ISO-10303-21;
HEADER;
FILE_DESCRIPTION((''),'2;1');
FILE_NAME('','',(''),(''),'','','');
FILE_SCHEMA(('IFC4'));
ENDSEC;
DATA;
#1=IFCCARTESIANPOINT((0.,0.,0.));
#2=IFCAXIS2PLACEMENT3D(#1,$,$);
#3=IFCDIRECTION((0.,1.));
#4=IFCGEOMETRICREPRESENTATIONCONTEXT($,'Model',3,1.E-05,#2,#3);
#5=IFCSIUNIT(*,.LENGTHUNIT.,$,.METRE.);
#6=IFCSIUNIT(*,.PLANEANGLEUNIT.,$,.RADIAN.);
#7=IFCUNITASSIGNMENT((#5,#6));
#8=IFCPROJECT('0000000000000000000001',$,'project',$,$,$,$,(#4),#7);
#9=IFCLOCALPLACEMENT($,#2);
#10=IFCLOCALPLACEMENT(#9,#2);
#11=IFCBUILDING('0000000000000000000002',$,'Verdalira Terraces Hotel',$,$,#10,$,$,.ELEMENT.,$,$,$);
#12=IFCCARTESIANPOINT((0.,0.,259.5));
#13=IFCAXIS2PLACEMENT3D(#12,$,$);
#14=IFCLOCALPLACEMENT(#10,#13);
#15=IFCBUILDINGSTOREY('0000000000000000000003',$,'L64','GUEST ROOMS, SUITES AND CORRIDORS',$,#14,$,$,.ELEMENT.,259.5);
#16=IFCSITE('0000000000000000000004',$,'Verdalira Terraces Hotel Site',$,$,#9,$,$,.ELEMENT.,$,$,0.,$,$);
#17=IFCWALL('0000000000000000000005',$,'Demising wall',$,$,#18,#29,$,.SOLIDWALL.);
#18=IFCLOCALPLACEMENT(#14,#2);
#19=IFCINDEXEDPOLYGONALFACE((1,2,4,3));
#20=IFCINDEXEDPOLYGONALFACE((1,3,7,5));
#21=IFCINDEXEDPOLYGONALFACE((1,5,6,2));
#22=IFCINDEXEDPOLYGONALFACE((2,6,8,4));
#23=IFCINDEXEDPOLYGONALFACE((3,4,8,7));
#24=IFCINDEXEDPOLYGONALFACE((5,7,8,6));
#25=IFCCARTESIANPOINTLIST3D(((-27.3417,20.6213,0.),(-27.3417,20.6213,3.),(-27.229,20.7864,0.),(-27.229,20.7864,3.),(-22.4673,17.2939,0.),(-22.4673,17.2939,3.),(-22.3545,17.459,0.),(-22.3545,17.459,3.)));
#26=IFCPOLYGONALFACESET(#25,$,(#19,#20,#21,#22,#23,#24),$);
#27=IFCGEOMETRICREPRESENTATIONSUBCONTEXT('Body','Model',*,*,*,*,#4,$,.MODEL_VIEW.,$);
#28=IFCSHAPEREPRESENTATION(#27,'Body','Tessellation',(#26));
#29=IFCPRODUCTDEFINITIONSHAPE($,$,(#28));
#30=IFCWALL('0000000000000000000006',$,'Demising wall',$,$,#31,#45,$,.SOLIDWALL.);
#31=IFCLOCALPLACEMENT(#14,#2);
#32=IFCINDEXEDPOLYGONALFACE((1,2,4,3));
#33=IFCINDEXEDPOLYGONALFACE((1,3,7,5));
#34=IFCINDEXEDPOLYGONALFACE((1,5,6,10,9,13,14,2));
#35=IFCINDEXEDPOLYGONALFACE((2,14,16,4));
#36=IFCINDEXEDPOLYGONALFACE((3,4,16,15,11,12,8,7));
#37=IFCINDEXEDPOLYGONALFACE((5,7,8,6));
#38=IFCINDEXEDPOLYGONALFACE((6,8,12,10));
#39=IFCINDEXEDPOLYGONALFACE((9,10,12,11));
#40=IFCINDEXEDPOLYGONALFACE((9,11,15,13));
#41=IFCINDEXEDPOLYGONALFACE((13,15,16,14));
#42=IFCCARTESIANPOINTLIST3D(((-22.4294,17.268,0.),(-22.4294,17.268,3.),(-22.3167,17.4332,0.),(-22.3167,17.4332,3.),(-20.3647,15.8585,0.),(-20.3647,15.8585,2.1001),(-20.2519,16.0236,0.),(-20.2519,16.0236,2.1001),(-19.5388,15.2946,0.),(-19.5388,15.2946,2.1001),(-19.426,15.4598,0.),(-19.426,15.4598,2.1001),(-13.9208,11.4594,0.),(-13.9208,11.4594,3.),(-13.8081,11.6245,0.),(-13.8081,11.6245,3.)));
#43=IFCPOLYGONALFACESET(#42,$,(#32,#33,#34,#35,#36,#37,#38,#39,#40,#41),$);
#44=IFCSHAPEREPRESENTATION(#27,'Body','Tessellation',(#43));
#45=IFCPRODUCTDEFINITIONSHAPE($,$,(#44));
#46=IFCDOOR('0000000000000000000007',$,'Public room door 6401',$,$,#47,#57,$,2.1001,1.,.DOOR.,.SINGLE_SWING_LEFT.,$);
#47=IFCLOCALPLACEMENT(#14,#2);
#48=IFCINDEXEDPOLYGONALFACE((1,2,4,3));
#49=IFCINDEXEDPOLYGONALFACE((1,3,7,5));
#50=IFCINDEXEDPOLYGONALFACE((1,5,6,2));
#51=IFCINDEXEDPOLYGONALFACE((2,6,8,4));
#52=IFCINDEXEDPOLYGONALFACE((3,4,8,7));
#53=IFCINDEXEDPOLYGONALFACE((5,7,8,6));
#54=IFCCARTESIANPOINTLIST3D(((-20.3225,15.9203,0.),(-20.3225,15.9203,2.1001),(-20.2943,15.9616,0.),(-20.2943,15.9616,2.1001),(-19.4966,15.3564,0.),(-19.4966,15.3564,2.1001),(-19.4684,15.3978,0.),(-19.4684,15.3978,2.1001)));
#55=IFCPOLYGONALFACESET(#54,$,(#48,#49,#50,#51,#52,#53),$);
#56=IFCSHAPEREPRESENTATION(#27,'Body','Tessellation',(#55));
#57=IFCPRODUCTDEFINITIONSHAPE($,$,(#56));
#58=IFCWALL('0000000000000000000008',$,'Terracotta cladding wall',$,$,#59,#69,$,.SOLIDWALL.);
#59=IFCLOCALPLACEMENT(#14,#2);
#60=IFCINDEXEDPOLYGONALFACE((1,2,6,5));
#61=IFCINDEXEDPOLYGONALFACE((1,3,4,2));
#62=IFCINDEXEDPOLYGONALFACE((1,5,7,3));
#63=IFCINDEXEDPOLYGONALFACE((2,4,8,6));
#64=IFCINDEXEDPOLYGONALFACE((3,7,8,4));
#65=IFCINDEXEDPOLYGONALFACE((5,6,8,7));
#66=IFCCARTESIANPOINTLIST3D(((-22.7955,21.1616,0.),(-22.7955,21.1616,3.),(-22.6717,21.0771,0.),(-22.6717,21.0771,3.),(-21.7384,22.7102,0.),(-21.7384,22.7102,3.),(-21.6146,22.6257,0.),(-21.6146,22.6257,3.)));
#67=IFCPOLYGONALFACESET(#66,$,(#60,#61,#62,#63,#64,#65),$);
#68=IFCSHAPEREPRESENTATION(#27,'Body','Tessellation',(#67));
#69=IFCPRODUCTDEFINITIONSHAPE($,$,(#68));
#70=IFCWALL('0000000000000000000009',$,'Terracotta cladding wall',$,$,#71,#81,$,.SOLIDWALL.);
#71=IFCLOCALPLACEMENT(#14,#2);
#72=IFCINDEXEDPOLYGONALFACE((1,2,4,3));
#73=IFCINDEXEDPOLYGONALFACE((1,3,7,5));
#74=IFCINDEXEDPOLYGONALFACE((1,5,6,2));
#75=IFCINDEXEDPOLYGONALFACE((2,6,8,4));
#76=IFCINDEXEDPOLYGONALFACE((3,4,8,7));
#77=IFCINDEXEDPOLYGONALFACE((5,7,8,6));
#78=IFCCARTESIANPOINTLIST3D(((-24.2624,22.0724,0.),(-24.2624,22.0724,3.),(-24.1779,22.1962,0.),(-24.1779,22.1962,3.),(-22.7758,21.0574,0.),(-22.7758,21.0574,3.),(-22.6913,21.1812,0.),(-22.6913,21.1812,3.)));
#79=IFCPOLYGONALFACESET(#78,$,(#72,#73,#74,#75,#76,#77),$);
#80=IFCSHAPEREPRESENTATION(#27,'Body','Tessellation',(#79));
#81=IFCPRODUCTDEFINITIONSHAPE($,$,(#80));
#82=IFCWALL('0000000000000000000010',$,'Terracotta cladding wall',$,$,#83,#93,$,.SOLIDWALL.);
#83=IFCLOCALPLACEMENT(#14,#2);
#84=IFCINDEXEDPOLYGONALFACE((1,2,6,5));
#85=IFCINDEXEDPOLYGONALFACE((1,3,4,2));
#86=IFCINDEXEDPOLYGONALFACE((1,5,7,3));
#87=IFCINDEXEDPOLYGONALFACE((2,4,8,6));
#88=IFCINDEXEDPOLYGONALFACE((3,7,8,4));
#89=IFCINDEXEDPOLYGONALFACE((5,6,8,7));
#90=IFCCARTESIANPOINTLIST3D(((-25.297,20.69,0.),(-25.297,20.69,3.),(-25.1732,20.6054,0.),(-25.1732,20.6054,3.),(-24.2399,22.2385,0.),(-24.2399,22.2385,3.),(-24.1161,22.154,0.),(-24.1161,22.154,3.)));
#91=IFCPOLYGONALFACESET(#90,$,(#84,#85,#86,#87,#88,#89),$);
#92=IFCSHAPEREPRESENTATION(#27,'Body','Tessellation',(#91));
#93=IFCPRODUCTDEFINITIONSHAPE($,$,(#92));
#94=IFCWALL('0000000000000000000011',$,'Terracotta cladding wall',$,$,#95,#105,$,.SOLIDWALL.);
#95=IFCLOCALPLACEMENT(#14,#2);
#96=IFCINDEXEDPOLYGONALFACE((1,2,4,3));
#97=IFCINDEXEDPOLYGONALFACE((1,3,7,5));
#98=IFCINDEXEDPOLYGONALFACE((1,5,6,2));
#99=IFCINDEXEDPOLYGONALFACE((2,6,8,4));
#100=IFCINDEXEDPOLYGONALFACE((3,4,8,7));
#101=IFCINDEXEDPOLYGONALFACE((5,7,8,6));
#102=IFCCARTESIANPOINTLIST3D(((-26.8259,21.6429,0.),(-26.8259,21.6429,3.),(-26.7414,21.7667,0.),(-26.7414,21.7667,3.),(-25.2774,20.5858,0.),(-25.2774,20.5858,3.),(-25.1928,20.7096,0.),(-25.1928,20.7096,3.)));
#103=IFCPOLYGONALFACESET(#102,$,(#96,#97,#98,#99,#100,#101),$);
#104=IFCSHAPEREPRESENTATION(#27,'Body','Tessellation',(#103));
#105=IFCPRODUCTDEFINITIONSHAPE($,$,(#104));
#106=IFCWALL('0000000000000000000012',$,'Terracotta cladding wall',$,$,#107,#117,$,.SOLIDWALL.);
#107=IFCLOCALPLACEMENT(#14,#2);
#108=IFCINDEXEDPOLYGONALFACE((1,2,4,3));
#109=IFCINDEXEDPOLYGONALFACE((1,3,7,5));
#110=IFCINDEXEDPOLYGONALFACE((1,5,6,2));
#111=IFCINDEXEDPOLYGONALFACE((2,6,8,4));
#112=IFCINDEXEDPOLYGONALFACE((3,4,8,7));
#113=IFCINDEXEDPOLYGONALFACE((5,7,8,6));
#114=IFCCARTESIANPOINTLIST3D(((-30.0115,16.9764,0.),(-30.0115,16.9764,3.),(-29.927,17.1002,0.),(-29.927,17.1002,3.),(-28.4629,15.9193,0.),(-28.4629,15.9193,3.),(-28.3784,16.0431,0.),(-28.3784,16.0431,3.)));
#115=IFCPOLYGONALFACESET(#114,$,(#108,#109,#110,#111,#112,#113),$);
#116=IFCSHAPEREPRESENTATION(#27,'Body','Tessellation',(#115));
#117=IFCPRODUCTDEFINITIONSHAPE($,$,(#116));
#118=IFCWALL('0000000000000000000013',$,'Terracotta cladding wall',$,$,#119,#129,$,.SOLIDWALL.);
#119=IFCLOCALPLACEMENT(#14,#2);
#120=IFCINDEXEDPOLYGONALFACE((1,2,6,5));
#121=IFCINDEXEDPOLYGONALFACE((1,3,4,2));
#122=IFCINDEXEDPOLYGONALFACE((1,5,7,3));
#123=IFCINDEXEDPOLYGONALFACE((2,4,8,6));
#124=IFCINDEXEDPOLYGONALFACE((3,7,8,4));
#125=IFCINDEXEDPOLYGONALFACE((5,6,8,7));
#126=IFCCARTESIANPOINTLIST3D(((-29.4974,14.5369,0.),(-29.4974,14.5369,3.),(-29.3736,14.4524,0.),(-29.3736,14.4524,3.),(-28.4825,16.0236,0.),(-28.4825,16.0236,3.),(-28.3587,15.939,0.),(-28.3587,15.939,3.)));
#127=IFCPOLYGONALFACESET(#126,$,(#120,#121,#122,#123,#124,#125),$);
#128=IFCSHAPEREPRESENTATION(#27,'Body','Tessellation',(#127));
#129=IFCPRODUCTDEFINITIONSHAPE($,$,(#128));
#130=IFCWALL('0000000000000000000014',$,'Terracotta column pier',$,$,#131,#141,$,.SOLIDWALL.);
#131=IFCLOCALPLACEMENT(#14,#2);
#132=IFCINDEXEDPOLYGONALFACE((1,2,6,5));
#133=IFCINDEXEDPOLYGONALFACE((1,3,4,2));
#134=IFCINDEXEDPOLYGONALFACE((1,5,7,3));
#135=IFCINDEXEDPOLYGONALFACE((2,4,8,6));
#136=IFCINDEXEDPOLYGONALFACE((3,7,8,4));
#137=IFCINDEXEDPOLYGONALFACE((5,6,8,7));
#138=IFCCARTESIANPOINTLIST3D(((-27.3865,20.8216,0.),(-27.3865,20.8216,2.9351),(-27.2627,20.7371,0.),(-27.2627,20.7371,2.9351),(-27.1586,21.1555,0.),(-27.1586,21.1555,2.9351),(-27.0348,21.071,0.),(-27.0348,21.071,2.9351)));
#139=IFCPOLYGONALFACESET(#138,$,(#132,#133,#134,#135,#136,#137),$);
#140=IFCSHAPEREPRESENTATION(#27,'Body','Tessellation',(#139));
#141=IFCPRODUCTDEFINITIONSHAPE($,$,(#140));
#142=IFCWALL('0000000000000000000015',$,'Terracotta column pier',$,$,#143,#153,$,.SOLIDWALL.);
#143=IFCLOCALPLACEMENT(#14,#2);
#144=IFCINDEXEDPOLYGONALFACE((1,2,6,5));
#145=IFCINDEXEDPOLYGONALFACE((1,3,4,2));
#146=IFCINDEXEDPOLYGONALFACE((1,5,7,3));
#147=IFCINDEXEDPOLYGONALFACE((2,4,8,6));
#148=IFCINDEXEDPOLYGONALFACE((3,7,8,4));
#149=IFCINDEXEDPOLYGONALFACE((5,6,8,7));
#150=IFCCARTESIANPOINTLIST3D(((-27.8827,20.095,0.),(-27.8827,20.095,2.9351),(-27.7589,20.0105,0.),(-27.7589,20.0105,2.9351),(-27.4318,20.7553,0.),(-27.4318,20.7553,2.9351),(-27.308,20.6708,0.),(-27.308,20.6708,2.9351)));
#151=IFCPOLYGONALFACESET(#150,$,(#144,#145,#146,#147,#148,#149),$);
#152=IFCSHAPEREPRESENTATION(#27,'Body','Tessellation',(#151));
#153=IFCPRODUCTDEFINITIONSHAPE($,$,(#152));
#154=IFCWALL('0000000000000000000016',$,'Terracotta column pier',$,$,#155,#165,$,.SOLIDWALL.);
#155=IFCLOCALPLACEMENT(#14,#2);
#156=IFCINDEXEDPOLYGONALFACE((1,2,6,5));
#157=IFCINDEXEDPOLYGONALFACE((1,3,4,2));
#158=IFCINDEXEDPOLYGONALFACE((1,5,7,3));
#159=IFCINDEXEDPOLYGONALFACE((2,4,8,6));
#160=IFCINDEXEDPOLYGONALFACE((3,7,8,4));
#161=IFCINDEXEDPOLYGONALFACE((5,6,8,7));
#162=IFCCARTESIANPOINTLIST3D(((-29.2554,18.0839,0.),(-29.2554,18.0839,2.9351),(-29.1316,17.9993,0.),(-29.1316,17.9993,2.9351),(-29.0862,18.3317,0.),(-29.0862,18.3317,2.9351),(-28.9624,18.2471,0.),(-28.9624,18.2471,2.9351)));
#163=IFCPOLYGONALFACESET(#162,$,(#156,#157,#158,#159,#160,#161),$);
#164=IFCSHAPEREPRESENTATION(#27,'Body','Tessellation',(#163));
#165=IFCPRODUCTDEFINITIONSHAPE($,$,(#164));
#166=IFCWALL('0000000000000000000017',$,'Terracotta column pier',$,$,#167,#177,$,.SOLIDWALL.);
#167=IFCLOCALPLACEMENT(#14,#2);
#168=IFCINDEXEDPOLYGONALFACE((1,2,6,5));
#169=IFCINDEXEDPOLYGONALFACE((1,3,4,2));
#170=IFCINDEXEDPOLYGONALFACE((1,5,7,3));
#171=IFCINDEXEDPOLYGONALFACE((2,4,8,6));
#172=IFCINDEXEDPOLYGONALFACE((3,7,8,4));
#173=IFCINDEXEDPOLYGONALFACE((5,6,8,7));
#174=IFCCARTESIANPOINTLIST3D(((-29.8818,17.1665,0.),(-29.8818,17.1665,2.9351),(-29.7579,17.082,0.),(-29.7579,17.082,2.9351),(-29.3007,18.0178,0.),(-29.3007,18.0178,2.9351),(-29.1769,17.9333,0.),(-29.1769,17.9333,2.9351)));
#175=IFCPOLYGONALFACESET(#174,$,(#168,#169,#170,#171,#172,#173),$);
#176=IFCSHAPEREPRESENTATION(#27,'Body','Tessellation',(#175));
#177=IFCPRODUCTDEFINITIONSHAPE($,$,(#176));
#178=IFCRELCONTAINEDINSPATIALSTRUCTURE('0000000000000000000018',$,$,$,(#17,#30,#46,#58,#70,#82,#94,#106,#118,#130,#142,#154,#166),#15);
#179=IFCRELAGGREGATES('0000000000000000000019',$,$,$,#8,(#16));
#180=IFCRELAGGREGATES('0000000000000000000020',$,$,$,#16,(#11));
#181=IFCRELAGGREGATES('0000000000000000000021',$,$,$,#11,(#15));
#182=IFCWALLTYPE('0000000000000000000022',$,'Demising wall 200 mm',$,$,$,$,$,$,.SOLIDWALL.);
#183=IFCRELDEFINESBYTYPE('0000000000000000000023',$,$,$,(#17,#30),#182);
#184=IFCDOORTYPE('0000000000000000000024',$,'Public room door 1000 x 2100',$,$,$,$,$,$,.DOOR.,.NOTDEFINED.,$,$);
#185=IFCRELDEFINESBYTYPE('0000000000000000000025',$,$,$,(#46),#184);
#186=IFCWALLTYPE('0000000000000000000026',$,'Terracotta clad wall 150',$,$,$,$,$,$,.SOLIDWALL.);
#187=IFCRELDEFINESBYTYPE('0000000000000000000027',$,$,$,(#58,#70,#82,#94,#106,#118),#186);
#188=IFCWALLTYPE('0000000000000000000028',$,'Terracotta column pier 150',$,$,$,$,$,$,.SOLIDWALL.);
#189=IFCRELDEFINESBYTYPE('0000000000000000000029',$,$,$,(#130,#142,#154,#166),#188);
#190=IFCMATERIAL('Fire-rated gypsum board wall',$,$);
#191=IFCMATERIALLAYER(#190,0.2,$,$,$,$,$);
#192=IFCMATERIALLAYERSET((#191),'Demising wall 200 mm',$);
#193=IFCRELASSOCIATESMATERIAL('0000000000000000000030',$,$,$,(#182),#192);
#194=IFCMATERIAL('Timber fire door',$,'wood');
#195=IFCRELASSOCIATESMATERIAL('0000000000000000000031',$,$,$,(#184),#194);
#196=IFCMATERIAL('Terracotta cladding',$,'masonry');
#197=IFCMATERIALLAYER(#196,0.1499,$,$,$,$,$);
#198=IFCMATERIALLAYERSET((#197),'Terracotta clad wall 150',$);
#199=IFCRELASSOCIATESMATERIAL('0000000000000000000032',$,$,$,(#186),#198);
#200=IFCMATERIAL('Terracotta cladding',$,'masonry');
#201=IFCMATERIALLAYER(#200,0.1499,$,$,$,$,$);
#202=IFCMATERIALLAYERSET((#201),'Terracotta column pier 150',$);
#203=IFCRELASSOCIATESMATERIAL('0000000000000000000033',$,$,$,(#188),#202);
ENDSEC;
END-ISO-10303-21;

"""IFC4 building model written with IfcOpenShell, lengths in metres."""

from ifc_helpers import new_model, si_unit, direction, frame, frame_2d, origin, place, context, subcontext, project, spatial, rectangle, extrude, material, layer, layer_set, type_object, element, fill, save


model = new_model("IFC4")

# Units and contexts
model_context = context("Model", 3, precision=1e-05, world=origin(), true_north=direction((0.0, 1.0)))
body_context = subcontext(model_context, "Body", "Model", "MODEL_VIEW")
ifc_project = project(units=[si_unit("LENGTHUNIT", "METRE"), si_unit("PLANEANGLEUNIT", "RADIAN")], contexts=[model_context])

# Site, building, storey
site_placement = place(None, origin())
site = spatial("IfcSite", under=ifc_project, at=site_placement, Name="Verdalira Terraces Hotel Site", CompositionType="ELEMENT", RefElevation=0.0)
building_placement = place(site_placement, origin())
building = spatial("IfcBuilding", under=site, at=building_placement, Name="Verdalira Terraces Hotel", CompositionType="ELEMENT")
storey_placement = place(building_placement, frame((0.0, 0.0, 259.5)))
storey = spatial("IfcBuildingStorey", under=building, at=storey_placement, Name="L64", Description="GUEST ROOMS, SUITES AND CORRIDORS", CompositionType="ELEMENT", Elevation=259.5)

# Wall
ifc_material_1 = material(Name="Fire-rated gypsum board wall")
ifc_layer_1 = layer(ifc_material_1, 0.2)
ifc_layer_set_1 = layer_set([ifc_layer_1], Name="Demising wall 200 mm")
wall_type_1 = type_object("IfcWallType", Name="Demising wall 200 mm", PredefinedType="SOLIDWALL", material=ifc_layer_set_1)
for number, where, z_axis, x_axis, name in (
    (1, (-22.4109, 17.3765, 0.0), (0.0, 0.0, 1.0), (-0.825923, 0.563783, 0.0), "Demising wall"),
):
    element("IfcWall", number, at=place(storey_placement, frame(where, z_axis=z_axis, x_axis=x_axis)), inside=storey, type_object=wall_type_1, Name=name, PredefinedType="SOLIDWALL", context=body_context, shape_type="SweptSolid", body=[
        extrude(rectangle(XDim=5.9019, YDim=0.2, at=frame_2d((2.9509, 0.0))), origin(), (0.0, 0.0, 1.0), 3.0),
    ])

# Wall, opening, door
wall_1_placement = place(storey_placement, frame((-22.373, 17.3506, 0.0), z_axis=(0.0, 0.0, 1.0), x_axis=(0.825897, -0.563821, 0.0)))
wall_1 = element("IfcWall", 2, at=wall_1_placement, inside=storey, type_object=wall_type_1, Name="Demising wall", PredefinedType="SOLIDWALL", context=body_context, shape_type="SweptSolid", body=[
    extrude(rectangle(XDim=10.3022, YDim=0.2, at=frame_2d((5.1511, 0.0))), origin(), (0.0, 0.0, 1.0), 3.0),
])
opening_placement = place(wall_1_placement, frame((2.5, 0.0, 0.0)))
opening = element("IfcOpeningElement", 3, at=opening_placement, cuts=wall_1, PredefinedType="OPENING", context=body_context, shape_type="SweptSolid", body=[
    extrude(rectangle(XDim=1.0, YDim=2.1001, at=frame_2d((0.5, 1.05))), frame((0.0, 0.1099, 0.0), z_axis=(0.0, -1.0, 0.0), x_axis=(1.0, 0.0, 0.0)), (0.0, 0.0, 1.0), 0.22),
])
ifc_material_2 = material(Name="Timber fire door", Category="wood")
door_type = type_object("IfcDoorType", Name="Public room door 1000 x 2100", OperationType="NOTDEFINED", PredefinedType="DOOR", material=ifc_material_2)
door_placement = place(opening_placement, origin())
door = element("IfcDoor", 4, at=door_placement, inside=storey, type_object=door_type, Name="Public room door 6401", OperationType="SINGLE_SWING_LEFT", OverallHeight=2.1001, OverallWidth=1.0, PredefinedType="DOOR", context=body_context, shape_type="SweptSolid", body=[
    extrude(rectangle(XDim=1.0, YDim=2.1001, at=frame_2d((0.5, 1.05))), frame((0.0, 0.0249, 0.0), z_axis=(0.0, -1.0, 0.0), x_axis=(1.0, 0.0, 0.0)), (0.0, 0.0, 1.0), 0.05),
])
fill(opening, door)

# Walls
ifc_material_3 = material(Name="Terracotta cladding", Category="masonry")
ifc_layer_2 = layer(ifc_material_3, 0.1499)
ifc_layer_set_2 = layer_set([ifc_layer_2], Name="Terracotta clad wall 150")
wall_type_2 = type_object("IfcWallType", Name="Terracotta clad wall 150", PredefinedType="SOLIDWALL", material=ifc_layer_set_2)
wall_2_placement = place(storey_placement, frame((-21.6765, 22.668, 0.0), z_axis=(0.0, 0.0, 1.0), x_axis=(-0.563801, -0.82591, 0.0)))
element("IfcWall", 5, at=wall_2_placement, inside=storey, type_object=wall_type_2, Name="Terracotta cladding wall", PredefinedType="SOLIDWALL", context=body_context, shape_type="SweptSolid", body=[
    extrude(rectangle(XDim=1.875, YDim=0.1499, at=frame_2d((0.9375, 0.0))), origin(), (0.0, 0.0, 1.0), 3.0),
])
wall_3_placement = place(storey_placement, frame((-22.7336, 21.1194, 0.0), z_axis=(0.0, 0.0, 1.0), x_axis=(-0.825886, 0.563838, 0.0)))
element("IfcWall", 6, at=wall_3_placement, inside=storey, type_object=wall_type_2, Name="Terracotta cladding wall", PredefinedType="SOLIDWALL", context=body_context, shape_type="SweptSolid", body=[
    extrude(rectangle(XDim=1.8, YDim=0.1499, at=frame_2d((0.8999, 0.0))), origin(), (0.0, 0.0, 1.0), 3.0),
])
for number, where, z_axis, x_axis, name in (
    (7, (-24.178, 22.1963, 0.0), (0.0, 0.0, 1.0), (-0.563801, -0.82591, 0.0), "Terracotta cladding wall"),
    (8, (-25.2351, 20.6477, 0.0), (0.0, 0.0, 1.0), (-0.82591, 0.563801, 0.0), "Terracotta cladding wall"),
    (9, (-29.9692, 17.0383, 0.0), (0.0, 0.0, 1.0), (0.82591, -0.563801, 0.0), "Terracotta cladding wall"),
):
    element("IfcWall", number, at=place(storey_placement, frame(where, z_axis=z_axis, x_axis=x_axis)), inside=storey, type_object=wall_type_2, Name=name, PredefinedType="SOLIDWALL", context=body_context, shape_type="SweptSolid", body=[
        extrude(rectangle(XDim=1.875, YDim=0.1499, at=frame_2d((0.9375, 0.0))), origin(), (0.0, 0.0, 1.0), 3.0),
    ])
wall_4_placement = place(storey_placement, frame((-28.4207, 15.9812, 0.0), z_axis=(0.0, 0.0, 1.0), x_axis=(-0.563838, -0.825886, 0.0)))
element("IfcWall", 10, at=wall_4_placement, inside=storey, type_object=wall_type_2, Name="Terracotta cladding wall", PredefinedType="SOLIDWALL", context=body_context, shape_type="SweptSolid", body=[
    extrude(rectangle(XDim=1.8, YDim=0.1499, at=frame_2d((0.8999, 0.0))), origin(), (0.0, 0.0, 1.0), 3.0),
])
ifc_material_4 = material(Name="Terracotta cladding", Category="masonry")
ifc_layer_3 = layer(ifc_material_4, 0.1499)
ifc_layer_set_3 = layer_set([ifc_layer_3], Name="Terracotta column pier 150")
wall_type_3 = type_object("IfcWallType", Name="Terracotta column pier 150", PredefinedType="SOLIDWALL", material=ifc_layer_set_3)
wall_5_placement = place(storey_placement, frame((-27.0967, 21.1133, 0.0), z_axis=(0.0, 0.0, 1.0), x_axis=(-0.563861, -0.82587, 0.0)))
element("IfcWall", 11, at=wall_5_placement, inside=storey, type_object=wall_type_3, Name="Terracotta column pier", PredefinedType="SOLIDWALL", context=body_context, shape_type="SweptSolid", body=[
    extrude(rectangle(XDim=0.4043, YDim=0.1499, at=frame_2d((0.2021, 0.0))), origin(), (0.0, 0.0, 1.0), 2.9351),
])
wall_6_placement = place(storey_placement, frame((-27.3699, 20.7131, 0.0), z_axis=(0.0, 0.0, 1.0), x_axis=(-0.563896, -0.825846, 0.0)))
element("IfcWall", 12, at=wall_6_placement, inside=storey, type_object=wall_type_3, Name="Terracotta column pier", PredefinedType="SOLIDWALL", context=body_context, shape_type="SweptSolid", body=[
    extrude(rectangle(XDim=0.7996, YDim=0.1499, at=frame_2d((0.3999, 0.0))), origin(), (0.0, 0.0, 1.0), 2.9351),
])
wall_7_placement = place(storey_placement, frame((-29.0244, 18.2893, 0.0), z_axis=(0.0, 0.0, 1.0), x_axis=(-0.563867, -0.825866, 0.0)))
element("IfcWall", 13, at=wall_7_placement, inside=storey, type_object=wall_type_3, Name="Terracotta column pier", PredefinedType="SOLIDWALL", context=body_context, shape_type="SweptSolid", body=[
    extrude(rectangle(XDim=0.3, YDim=0.1499, at=frame_2d((0.1499, 0.0))), origin(), (0.0, 0.0, 1.0), 2.9351),
])
wall_8_placement = place(storey_placement, frame((-29.2388, 17.9756, 0.0), z_axis=(0.0, 0.0, 1.0), x_axis=(-0.563741, -0.825952, 0.0)))
element("IfcWall", 14, at=wall_8_placement, inside=storey, type_object=wall_type_3, Name="Terracotta column pier", PredefinedType="SOLIDWALL", context=body_context, shape_type="SweptSolid", body=[
    extrude(rectangle(XDim=1.0308, YDim=0.1499, at=frame_2d((0.5154, 0.0))), origin(), (0.0, 0.0, 1.0), 2.9351),
])

save(model, "model.ifc")
